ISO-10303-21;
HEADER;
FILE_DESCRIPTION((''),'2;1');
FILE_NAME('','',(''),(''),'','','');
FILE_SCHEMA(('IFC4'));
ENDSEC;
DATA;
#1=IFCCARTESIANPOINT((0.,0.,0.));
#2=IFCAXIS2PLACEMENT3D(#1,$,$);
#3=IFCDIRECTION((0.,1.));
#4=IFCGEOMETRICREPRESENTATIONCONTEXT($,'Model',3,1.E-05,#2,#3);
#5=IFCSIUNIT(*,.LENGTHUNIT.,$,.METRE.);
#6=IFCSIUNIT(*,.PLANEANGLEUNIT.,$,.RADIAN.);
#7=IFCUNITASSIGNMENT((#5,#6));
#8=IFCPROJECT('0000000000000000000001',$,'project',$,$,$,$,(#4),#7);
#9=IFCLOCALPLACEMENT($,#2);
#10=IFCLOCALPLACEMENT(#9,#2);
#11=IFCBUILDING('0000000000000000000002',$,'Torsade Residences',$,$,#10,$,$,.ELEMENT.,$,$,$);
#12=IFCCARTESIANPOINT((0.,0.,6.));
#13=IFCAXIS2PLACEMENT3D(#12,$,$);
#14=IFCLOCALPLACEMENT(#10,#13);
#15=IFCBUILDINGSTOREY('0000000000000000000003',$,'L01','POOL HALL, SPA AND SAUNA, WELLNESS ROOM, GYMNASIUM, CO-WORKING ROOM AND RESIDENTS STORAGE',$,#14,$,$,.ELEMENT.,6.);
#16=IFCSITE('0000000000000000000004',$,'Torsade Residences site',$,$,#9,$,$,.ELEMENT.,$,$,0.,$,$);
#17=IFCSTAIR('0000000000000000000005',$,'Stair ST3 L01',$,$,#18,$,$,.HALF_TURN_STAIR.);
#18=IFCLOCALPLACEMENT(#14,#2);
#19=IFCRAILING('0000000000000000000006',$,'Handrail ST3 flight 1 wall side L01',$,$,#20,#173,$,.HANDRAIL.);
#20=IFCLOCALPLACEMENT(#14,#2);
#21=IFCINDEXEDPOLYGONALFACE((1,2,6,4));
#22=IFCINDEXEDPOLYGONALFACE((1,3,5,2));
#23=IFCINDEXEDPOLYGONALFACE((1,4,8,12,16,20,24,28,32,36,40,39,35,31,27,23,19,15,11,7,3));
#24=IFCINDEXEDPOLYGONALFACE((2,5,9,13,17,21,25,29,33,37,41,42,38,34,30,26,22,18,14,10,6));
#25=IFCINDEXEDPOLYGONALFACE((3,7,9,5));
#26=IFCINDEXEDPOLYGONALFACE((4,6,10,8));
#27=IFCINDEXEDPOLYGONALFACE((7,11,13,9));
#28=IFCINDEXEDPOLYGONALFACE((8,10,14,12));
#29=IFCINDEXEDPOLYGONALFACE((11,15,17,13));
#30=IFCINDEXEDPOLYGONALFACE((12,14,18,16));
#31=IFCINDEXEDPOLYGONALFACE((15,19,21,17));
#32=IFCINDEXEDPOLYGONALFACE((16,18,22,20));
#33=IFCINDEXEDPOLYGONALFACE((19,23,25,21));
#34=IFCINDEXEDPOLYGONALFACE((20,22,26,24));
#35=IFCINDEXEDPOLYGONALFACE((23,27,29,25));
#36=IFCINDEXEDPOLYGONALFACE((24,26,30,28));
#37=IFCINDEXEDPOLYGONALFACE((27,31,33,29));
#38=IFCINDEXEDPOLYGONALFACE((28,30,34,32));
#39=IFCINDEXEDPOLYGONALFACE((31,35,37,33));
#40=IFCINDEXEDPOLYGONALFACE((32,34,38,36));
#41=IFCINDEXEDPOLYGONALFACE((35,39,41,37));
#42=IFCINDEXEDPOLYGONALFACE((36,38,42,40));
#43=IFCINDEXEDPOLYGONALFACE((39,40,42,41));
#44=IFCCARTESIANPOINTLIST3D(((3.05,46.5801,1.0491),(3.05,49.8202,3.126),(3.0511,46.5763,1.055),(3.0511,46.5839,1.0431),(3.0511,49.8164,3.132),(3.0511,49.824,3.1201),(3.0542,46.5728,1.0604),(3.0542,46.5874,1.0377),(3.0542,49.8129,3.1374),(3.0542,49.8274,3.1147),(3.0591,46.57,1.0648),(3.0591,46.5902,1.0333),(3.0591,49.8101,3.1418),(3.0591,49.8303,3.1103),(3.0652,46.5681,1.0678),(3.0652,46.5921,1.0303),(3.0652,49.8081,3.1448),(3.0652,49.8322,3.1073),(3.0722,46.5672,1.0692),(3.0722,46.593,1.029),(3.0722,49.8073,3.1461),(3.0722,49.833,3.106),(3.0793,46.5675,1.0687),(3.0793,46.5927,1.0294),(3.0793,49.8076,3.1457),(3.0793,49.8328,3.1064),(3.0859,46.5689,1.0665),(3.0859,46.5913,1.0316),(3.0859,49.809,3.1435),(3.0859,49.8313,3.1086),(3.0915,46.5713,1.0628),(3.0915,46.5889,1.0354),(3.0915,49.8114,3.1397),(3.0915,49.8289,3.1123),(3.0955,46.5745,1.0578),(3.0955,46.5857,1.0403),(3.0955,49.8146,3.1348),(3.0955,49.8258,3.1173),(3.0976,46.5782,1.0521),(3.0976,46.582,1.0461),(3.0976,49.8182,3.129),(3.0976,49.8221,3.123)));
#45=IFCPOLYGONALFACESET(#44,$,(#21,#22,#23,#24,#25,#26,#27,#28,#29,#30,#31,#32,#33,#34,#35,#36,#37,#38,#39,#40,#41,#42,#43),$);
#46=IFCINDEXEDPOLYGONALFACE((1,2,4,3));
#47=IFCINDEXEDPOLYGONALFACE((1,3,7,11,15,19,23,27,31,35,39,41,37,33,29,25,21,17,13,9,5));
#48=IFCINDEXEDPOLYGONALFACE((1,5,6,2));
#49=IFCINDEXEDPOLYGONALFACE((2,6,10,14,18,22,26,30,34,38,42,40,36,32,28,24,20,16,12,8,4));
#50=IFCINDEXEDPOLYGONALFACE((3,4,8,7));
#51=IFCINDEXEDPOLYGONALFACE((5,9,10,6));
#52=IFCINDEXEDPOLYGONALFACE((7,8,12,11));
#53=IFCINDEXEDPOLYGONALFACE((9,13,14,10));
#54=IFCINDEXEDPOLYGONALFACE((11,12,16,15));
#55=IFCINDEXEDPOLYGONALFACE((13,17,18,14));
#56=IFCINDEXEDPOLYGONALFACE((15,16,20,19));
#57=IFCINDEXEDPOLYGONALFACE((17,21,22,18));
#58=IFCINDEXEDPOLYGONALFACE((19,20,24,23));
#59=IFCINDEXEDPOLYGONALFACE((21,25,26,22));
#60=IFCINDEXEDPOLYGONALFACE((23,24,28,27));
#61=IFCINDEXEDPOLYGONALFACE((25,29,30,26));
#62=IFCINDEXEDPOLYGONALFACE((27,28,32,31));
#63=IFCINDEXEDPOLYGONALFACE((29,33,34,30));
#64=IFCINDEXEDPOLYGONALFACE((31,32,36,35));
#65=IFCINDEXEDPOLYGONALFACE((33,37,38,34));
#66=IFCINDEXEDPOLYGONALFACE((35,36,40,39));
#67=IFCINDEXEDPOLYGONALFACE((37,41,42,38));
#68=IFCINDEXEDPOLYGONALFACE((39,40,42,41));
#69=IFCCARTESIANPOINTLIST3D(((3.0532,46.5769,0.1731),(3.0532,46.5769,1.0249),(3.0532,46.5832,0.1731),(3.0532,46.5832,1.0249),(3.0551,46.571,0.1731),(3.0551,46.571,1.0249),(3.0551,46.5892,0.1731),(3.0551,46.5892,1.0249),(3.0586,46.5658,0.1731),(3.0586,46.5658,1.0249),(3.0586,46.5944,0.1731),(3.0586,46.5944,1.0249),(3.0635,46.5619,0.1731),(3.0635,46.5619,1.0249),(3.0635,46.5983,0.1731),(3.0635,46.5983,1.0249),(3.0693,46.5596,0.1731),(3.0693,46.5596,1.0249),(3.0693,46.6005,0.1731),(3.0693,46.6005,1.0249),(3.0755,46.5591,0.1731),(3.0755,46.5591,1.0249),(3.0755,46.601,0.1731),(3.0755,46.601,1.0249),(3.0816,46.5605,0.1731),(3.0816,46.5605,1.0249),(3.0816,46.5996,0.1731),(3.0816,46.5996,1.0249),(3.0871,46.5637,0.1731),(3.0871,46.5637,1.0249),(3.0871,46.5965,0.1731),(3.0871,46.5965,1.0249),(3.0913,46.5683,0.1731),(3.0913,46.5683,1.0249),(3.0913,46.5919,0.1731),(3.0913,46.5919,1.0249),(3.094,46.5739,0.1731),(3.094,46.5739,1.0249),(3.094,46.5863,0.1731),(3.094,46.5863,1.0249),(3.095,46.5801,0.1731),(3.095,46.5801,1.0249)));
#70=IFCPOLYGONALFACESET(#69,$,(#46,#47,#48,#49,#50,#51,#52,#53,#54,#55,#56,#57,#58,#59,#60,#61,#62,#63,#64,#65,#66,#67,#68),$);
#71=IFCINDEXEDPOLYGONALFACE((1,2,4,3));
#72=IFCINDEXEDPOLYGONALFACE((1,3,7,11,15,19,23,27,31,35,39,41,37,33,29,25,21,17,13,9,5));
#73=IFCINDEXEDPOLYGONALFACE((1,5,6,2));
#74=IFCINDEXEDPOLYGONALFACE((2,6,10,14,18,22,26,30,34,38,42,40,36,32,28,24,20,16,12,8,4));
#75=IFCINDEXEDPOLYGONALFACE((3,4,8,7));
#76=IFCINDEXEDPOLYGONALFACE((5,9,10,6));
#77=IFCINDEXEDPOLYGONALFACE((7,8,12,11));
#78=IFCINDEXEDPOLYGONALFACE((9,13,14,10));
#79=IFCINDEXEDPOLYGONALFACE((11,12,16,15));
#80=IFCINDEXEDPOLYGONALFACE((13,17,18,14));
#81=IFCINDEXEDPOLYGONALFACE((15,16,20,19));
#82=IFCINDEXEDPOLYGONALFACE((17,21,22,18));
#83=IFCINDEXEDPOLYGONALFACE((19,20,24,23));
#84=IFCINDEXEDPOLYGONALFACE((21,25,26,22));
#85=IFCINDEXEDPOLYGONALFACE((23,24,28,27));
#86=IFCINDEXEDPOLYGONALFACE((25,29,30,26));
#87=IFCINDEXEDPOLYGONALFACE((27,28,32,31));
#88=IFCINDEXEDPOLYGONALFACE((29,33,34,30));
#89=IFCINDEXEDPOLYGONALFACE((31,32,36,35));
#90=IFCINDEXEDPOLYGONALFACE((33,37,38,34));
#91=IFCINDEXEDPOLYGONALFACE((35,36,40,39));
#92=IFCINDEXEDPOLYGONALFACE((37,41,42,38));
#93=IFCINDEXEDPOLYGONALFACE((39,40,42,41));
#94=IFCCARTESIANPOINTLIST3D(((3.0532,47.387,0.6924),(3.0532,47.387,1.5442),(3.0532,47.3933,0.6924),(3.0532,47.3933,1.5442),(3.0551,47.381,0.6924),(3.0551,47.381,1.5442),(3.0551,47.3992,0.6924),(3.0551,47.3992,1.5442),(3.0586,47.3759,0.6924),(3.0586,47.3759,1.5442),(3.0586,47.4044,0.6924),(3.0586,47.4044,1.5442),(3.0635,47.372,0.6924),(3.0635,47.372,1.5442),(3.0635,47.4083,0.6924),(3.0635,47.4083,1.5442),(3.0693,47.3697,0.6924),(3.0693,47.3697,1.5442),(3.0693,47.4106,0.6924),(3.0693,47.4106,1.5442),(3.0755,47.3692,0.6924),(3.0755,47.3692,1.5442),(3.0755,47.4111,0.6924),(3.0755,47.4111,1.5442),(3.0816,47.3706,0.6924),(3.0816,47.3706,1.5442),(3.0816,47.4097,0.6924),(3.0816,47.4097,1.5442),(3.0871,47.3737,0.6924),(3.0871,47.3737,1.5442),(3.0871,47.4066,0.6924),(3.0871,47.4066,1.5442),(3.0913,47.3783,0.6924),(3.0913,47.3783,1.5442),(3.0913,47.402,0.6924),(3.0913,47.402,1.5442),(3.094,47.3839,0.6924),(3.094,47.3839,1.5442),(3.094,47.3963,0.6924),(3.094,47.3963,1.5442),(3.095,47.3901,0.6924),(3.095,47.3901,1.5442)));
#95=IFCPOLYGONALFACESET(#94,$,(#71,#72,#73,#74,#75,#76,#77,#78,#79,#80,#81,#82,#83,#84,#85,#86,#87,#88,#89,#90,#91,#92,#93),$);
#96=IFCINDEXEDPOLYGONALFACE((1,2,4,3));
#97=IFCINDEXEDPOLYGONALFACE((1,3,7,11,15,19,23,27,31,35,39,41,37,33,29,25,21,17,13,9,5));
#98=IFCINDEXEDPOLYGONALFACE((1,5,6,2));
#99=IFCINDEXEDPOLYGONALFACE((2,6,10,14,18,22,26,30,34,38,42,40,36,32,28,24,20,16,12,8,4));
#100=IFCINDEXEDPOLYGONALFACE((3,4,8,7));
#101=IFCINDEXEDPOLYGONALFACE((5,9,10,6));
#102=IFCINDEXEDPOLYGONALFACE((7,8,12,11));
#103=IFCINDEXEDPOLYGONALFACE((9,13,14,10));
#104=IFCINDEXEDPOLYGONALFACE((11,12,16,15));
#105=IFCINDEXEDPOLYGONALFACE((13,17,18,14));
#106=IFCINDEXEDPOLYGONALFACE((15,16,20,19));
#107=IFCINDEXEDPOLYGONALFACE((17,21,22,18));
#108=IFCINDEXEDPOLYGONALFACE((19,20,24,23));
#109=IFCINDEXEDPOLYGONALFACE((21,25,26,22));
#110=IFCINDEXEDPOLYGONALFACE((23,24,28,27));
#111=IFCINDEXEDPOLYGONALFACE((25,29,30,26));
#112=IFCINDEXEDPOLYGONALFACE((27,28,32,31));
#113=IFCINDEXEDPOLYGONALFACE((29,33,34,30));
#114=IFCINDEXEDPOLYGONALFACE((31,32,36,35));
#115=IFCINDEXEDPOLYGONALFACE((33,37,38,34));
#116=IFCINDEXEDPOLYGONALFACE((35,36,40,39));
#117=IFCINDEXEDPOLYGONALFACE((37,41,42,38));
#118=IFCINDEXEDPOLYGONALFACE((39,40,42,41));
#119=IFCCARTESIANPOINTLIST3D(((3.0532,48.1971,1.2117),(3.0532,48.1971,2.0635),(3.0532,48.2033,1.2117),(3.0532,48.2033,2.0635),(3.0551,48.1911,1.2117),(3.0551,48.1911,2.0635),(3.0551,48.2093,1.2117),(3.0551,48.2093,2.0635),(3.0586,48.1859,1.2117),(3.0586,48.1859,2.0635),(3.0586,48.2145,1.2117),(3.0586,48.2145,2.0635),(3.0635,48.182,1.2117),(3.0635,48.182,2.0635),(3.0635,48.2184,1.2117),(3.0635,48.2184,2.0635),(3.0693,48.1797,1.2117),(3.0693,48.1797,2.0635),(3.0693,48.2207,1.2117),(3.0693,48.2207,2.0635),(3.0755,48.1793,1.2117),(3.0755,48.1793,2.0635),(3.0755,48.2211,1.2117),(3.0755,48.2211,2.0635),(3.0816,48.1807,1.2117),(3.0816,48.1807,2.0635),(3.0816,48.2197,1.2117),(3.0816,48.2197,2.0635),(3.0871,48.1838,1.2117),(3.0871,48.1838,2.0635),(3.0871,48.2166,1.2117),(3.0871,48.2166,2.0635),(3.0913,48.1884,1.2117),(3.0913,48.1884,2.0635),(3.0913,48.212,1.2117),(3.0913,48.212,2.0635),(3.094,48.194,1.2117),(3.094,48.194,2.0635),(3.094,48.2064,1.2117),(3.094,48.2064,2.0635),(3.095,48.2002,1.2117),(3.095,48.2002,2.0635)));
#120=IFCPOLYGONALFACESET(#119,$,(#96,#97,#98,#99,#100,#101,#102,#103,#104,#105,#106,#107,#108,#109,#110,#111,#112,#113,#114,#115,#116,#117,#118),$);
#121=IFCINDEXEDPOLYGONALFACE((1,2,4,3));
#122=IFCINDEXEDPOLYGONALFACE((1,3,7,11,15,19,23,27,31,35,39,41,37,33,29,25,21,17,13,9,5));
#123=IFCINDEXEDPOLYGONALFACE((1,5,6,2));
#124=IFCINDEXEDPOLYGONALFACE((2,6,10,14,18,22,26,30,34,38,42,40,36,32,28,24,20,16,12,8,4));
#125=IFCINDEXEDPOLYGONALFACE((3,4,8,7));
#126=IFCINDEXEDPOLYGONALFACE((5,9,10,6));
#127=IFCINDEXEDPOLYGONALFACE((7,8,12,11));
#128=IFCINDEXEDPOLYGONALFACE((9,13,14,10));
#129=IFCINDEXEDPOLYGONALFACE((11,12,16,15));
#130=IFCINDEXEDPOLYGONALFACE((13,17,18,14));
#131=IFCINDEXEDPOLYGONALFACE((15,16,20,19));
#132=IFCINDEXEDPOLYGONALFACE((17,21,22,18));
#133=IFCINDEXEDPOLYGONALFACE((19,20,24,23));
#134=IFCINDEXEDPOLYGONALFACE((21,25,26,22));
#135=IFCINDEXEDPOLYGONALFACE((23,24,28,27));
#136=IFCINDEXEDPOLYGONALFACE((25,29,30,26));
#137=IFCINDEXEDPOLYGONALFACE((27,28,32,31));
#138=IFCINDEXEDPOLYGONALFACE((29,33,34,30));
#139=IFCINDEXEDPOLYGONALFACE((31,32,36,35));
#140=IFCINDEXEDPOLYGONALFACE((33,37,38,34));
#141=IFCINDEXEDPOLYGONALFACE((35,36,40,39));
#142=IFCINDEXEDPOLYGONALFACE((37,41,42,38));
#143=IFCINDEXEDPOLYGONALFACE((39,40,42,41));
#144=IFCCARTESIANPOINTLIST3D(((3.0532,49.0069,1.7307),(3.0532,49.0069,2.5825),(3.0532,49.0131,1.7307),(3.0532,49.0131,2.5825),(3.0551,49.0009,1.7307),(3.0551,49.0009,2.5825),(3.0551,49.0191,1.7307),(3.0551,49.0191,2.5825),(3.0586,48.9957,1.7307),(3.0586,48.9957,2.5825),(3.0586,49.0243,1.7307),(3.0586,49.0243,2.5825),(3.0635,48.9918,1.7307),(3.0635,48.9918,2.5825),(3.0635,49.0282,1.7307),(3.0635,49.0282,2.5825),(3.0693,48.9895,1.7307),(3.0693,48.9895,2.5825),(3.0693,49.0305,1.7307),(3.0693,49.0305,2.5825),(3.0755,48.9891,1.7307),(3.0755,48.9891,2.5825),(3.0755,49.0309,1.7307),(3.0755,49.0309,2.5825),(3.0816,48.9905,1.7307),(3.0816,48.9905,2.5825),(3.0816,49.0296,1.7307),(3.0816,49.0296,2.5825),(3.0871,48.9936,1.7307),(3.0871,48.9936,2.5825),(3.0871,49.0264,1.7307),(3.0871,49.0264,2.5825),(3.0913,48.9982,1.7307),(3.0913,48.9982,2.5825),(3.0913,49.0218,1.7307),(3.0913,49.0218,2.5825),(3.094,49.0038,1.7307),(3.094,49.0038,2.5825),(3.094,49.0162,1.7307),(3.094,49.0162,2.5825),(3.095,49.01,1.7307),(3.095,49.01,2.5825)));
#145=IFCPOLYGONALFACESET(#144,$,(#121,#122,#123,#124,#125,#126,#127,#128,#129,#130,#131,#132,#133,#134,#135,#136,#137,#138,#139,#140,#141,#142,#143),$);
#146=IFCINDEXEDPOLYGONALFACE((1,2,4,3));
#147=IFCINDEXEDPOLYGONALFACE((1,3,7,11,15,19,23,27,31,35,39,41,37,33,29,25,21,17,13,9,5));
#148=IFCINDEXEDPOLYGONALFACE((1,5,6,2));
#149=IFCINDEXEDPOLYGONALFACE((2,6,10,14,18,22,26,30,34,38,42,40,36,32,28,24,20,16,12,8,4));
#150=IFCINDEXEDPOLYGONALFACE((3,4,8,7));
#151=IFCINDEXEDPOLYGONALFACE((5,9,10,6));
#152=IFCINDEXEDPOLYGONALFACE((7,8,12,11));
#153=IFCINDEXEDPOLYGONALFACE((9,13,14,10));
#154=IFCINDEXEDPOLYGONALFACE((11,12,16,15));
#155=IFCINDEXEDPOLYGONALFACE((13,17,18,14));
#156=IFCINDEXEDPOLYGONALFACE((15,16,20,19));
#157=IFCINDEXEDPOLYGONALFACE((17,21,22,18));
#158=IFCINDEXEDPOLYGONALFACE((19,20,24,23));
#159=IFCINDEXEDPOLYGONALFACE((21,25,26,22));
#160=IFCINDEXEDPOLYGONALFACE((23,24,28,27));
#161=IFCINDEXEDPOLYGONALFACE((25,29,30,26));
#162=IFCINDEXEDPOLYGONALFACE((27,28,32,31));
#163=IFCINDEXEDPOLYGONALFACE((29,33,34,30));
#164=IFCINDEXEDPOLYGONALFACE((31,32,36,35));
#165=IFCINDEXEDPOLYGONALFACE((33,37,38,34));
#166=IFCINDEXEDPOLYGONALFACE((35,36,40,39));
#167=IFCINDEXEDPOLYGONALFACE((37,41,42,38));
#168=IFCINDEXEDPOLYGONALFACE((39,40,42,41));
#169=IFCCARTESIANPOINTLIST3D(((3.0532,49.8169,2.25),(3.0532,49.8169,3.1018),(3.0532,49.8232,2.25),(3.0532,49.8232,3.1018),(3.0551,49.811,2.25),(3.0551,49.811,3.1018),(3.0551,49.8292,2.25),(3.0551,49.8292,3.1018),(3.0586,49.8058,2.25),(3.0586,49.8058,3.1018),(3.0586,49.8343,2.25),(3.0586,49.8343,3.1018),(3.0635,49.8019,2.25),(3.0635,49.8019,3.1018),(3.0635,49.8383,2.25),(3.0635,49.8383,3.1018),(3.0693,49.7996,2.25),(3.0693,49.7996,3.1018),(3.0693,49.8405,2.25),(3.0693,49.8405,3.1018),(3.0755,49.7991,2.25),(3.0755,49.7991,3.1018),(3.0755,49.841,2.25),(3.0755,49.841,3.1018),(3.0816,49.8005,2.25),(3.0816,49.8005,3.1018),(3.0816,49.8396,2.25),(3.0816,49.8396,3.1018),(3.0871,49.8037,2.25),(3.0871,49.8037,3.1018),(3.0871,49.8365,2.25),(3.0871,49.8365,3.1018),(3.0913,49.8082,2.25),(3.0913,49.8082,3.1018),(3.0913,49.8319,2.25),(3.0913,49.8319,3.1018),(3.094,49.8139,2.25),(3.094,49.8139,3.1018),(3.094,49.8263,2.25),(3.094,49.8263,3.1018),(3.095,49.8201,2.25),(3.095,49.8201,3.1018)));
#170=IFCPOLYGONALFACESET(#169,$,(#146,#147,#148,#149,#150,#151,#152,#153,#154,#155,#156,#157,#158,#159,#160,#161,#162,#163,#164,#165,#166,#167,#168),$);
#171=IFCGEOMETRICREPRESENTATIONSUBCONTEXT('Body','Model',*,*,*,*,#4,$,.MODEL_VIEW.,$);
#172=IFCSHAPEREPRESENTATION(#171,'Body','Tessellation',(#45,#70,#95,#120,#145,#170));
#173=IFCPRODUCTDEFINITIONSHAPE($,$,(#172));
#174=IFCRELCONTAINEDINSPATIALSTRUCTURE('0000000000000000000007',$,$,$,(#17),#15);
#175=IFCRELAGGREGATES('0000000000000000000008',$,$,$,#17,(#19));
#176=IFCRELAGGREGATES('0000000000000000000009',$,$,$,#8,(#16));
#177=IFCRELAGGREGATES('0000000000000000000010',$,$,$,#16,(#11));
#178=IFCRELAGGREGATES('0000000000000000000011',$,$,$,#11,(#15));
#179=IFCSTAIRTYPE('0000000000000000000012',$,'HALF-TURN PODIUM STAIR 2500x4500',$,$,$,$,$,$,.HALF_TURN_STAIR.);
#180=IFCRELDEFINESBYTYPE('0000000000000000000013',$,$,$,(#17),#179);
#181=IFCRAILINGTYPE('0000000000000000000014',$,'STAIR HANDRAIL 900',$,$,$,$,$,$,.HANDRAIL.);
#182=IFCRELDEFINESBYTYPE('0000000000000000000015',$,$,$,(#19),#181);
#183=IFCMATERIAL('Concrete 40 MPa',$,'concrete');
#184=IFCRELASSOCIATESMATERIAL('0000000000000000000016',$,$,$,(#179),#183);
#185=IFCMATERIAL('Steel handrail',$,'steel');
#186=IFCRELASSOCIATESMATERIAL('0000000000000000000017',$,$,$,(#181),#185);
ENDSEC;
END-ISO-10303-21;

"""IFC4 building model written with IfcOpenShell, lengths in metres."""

from ifc_helpers import new_model, si_unit, direction, frame, origin, origin_2d, place, context, subcontext, project, spatial, circle, extrude, material, type_object, element, aggregate, save


model = new_model("IFC4")

# Units and contexts
model_context = context("Model", 3, precision=1e-05, world=origin(), true_north=direction((0.0, 1.0)))
body_context = subcontext(model_context, "Body", "Model", "MODEL_VIEW")
ifc_project = project(units=[si_unit("LENGTHUNIT", "METRE"), si_unit("PLANEANGLEUNIT", "RADIAN")], contexts=[model_context])

# Site, building, storey
site_placement = place(None, origin())
site = spatial("IfcSite", under=ifc_project, at=site_placement, Name="Torsade Residences site", CompositionType="ELEMENT", RefElevation=0.0)
building_placement = place(site_placement, origin())
building = spatial("IfcBuilding", under=site, at=building_placement, Name="Torsade Residences", CompositionType="ELEMENT")
storey_placement = place(building_placement, frame((0.0, 0.0, 6.0)))
storey = spatial("IfcBuildingStorey", under=building, at=storey_placement, Name="L01", Description="POOL HALL, SPA AND SAUNA, WELLNESS ROOM, GYMNASIUM, CO-WORKING ROOM AND RESIDENTS STORAGE", CompositionType="ELEMENT", Elevation=6.0)

# Stair, railing
ifc_material_1 = material(Name="Concrete 40 MPa", Category="concrete")
stair_type = type_object("IfcStairType", Name="HALF-TURN PODIUM STAIR 2500x4500", PredefinedType="HALF_TURN_STAIR", material=ifc_material_1)
stair_placement = place(storey_placement, origin())
stair = element("IfcStair", 1, at=stair_placement, inside=storey, type_object=stair_type, Name="Stair ST3 L01", PredefinedType="HALF_TURN_STAIR")
ifc_material_2 = material(Name="Steel handrail", Category="steel")
railing_type = type_object("IfcRailingType", Name="STAIR HANDRAIL 900", PredefinedType="HANDRAIL", material=ifc_material_2)
railing_1_placement = place(storey_placement, frame((3.074, 46.5801, 0.1731)))
railing_1 = element("IfcRailing", 2, at=railing_1_placement, type_object=railing_type, Name="Handrail ST3 flight 1 wall side L01", PredefinedType="HANDRAIL", context=body_context, shape_type="SweptSolid", body=[
    extrude(circle(Radius=0.0239, at=origin_2d()), frame((0.0, 0.0, 0.876), z_axis=(0.0, 0.841881, 0.539664), x_axis=(-1.0, 0.0, 0.0)), (0.0, 0.0, 1.0), 3.8486),
    extrude(circle(Radius=0.021, at=origin_2d()), origin(), (0.0, 0.0, 1.0), 0.8518),
    extrude(circle(Radius=0.021, at=origin_2d()), frame((0.0, 0.8101, 0.5193)), (0.0, 0.0, 1.0), 0.8518),
    extrude(circle(Radius=0.021, at=origin_2d()), frame((0.0, 1.6201, 1.0386)), (0.0, 0.0, 1.0), 0.8518),
    extrude(circle(Radius=0.021, at=origin_2d()), frame((0.0, 2.4299, 1.5576)), (0.0, 0.0, 1.0), 0.8518),
    extrude(circle(Radius=0.021, at=origin_2d()), frame((0.0, 3.24, 2.0769)), (0.0, 0.0, 1.0), 0.8518),
])
aggregate(stair, [railing_1])

save(model, "model.ifc")
